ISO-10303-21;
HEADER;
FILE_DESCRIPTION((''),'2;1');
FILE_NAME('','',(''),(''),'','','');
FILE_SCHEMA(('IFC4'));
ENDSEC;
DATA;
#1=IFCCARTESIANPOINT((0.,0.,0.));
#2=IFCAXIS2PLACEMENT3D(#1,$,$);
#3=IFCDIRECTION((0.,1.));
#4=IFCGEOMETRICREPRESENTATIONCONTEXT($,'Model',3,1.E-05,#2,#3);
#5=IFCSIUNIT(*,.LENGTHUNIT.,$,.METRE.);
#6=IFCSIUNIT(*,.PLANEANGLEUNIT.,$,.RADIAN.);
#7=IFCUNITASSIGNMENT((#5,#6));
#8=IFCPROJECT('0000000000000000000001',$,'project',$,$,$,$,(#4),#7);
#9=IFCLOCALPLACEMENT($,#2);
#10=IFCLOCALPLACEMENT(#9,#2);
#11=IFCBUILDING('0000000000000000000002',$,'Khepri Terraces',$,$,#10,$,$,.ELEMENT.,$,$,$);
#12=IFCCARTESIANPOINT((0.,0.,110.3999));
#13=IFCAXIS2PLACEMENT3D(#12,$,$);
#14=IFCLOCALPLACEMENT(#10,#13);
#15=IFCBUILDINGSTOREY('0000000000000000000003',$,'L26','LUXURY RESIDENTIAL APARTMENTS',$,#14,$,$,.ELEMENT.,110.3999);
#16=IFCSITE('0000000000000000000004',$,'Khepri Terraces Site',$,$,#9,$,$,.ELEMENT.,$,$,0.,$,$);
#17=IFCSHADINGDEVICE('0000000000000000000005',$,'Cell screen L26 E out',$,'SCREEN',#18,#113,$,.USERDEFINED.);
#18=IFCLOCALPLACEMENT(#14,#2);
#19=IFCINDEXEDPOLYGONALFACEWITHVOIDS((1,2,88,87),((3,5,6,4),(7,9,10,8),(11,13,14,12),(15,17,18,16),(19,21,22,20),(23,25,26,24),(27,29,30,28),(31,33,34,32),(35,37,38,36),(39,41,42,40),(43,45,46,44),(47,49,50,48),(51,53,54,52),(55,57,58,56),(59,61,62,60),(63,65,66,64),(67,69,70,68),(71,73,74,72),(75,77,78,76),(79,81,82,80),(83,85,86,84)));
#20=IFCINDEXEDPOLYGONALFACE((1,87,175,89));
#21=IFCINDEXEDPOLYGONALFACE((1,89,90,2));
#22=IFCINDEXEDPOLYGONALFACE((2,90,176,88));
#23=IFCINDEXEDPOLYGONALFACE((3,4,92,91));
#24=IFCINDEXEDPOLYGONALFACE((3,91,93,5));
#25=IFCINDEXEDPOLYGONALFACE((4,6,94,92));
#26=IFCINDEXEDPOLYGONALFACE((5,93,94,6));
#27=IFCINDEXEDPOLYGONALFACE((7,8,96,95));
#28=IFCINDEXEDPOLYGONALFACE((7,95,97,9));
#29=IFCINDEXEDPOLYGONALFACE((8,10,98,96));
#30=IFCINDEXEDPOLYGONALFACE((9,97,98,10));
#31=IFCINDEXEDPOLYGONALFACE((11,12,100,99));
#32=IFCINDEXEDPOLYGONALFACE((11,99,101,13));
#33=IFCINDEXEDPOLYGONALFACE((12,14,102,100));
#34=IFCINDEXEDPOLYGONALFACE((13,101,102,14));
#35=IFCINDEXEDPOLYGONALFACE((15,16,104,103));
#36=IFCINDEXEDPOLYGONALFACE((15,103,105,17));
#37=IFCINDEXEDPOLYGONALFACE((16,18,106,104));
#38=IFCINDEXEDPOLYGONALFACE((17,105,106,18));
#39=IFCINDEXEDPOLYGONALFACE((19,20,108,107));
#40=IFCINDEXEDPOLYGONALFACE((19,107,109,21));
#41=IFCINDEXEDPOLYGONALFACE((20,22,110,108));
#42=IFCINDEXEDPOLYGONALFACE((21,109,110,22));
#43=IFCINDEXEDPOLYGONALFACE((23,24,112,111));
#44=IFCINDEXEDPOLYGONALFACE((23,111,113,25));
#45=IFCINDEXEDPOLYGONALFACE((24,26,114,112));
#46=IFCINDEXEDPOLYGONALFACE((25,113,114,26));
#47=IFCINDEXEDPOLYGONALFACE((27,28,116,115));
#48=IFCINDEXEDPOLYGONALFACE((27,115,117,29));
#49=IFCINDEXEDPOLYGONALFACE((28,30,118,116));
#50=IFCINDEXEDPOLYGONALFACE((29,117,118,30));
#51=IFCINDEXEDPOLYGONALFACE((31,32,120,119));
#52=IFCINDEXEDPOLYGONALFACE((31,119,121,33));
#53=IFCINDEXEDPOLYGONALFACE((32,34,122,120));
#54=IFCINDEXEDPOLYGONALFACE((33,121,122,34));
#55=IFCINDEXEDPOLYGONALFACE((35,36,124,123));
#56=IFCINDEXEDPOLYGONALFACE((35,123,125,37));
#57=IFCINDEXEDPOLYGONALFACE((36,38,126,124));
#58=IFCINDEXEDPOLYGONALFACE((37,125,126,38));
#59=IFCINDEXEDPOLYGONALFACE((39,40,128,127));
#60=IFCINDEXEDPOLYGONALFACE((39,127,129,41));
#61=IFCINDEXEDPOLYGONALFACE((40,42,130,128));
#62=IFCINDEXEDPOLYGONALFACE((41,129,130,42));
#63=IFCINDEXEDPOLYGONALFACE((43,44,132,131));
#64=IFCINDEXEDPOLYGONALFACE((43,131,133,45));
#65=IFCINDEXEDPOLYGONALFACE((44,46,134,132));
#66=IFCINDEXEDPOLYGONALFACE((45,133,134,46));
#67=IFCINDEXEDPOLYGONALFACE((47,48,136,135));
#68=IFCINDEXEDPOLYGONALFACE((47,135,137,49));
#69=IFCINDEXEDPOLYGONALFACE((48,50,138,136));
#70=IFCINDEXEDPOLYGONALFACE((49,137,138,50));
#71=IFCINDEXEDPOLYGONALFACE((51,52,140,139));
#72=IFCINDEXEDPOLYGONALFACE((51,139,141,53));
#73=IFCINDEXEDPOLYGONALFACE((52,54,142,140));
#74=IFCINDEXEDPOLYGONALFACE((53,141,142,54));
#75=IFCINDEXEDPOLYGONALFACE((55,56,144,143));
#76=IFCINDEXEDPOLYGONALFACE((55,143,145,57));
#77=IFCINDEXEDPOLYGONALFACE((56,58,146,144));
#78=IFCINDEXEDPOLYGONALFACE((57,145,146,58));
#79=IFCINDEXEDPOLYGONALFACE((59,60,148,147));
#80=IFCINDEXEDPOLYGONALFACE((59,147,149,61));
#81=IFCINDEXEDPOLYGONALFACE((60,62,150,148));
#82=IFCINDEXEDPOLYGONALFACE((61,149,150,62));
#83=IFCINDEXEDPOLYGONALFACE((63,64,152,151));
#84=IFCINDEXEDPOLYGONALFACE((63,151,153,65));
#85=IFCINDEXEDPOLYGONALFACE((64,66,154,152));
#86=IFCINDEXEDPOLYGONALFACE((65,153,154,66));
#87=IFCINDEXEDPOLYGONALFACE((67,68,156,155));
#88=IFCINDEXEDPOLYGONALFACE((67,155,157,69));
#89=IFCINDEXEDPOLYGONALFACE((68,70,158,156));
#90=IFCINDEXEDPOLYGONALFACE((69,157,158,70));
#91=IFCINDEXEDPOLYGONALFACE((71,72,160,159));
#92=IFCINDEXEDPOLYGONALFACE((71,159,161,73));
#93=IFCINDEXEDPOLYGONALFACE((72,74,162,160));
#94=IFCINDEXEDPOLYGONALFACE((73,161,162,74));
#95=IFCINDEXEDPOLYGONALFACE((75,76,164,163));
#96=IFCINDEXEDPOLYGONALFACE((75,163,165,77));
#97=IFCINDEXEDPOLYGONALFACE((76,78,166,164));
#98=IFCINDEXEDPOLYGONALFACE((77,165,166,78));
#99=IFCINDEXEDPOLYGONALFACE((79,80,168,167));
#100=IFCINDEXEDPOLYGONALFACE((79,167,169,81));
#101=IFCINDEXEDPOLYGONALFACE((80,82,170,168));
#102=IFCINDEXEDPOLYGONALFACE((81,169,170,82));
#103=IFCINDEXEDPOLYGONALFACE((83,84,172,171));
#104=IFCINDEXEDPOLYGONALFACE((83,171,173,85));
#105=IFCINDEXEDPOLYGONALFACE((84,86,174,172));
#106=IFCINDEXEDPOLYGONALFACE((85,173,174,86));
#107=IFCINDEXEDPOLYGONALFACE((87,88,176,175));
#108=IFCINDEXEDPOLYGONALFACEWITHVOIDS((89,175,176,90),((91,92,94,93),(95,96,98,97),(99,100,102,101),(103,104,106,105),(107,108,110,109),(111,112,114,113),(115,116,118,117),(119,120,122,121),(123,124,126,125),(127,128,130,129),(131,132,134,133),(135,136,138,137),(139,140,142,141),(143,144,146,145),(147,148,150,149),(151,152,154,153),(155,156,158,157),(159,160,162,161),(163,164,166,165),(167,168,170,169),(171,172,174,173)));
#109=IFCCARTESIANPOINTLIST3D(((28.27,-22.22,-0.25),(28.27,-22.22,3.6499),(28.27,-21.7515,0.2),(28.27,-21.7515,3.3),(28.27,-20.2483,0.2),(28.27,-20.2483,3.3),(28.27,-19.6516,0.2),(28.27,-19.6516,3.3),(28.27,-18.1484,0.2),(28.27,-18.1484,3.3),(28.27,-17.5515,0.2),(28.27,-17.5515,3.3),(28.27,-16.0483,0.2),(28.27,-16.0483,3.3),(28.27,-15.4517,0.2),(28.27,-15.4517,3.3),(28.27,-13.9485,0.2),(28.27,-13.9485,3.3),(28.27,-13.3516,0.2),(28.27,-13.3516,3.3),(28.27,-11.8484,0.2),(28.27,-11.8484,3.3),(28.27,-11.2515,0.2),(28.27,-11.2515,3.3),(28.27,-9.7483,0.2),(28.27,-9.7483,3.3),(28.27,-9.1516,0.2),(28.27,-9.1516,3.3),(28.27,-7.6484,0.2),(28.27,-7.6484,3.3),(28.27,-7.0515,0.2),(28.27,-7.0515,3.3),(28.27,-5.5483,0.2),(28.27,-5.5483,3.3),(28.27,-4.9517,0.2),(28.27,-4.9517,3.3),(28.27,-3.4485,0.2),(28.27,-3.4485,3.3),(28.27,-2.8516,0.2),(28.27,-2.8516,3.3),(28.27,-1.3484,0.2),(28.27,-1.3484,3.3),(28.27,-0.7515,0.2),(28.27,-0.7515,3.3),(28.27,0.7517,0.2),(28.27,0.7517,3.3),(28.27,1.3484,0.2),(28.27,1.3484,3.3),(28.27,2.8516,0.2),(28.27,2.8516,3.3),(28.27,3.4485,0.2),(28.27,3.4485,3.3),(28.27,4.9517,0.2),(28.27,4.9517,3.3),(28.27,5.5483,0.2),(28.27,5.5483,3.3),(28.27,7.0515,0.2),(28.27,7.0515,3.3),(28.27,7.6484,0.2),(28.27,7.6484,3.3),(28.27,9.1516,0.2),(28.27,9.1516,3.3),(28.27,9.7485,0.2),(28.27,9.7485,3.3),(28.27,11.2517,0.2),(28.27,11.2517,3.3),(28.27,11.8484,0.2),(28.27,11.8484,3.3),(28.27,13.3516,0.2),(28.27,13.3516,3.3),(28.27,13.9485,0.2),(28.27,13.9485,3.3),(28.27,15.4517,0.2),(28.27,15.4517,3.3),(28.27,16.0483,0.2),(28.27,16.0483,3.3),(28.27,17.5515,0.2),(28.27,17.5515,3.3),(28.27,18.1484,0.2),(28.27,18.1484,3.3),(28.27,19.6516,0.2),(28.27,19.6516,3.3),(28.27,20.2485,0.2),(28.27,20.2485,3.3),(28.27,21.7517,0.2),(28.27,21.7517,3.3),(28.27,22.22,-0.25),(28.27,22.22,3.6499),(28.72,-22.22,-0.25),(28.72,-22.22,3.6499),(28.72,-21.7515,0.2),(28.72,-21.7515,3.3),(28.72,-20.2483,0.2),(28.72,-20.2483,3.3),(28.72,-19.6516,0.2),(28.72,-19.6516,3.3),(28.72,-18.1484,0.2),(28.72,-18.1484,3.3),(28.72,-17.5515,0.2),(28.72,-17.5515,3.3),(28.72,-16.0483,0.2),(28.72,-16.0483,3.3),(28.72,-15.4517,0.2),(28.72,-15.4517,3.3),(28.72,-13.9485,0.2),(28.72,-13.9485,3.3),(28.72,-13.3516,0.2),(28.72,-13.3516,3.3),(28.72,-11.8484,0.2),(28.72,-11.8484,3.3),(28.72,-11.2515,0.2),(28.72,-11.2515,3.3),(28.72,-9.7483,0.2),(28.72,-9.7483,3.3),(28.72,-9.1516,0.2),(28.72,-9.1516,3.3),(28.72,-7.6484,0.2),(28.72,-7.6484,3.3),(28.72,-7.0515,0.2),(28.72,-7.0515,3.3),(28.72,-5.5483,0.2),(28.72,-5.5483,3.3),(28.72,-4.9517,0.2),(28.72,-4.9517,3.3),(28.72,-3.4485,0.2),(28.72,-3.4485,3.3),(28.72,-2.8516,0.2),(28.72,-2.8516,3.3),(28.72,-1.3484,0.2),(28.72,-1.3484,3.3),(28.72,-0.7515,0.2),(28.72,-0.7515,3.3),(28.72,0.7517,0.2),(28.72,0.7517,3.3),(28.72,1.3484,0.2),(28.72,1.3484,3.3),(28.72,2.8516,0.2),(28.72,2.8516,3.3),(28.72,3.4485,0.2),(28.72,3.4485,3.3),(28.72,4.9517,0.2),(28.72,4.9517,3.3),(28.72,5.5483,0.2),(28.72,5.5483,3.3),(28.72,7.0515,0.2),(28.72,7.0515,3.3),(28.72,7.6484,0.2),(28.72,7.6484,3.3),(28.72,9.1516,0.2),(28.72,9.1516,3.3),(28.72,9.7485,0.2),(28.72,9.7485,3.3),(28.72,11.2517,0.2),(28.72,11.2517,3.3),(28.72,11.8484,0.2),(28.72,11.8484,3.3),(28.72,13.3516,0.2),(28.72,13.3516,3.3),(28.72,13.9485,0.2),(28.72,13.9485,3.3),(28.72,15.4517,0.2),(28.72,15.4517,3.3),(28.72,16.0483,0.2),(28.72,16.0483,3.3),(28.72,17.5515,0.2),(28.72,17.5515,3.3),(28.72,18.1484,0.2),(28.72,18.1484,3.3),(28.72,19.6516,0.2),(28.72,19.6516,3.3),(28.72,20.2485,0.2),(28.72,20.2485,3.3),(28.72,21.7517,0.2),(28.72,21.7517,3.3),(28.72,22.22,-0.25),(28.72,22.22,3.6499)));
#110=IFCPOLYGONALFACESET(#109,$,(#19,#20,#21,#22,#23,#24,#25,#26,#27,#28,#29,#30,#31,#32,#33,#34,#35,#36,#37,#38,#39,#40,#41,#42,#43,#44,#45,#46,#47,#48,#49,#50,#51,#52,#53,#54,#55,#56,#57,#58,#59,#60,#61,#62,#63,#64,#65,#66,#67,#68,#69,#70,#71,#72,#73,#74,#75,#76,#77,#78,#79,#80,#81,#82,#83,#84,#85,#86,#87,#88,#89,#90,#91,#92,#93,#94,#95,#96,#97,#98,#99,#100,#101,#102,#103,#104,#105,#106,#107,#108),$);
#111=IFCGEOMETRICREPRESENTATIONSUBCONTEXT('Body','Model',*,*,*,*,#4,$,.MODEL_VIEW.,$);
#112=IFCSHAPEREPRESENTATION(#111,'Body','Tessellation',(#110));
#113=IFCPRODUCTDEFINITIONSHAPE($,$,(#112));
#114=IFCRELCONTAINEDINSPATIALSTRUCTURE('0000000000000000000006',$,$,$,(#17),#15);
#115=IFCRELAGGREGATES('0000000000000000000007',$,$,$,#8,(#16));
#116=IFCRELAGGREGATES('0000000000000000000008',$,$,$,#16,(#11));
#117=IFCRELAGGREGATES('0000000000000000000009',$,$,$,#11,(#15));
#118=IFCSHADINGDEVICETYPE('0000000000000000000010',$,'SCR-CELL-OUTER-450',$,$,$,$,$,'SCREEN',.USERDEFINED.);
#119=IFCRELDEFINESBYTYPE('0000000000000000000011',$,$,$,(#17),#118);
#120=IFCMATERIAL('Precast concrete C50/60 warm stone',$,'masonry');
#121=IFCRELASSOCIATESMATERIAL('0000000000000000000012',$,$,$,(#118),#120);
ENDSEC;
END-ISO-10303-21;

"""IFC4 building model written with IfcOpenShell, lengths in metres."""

from ifc_helpers import new_model, si_unit, direction, frame, origin, place, context, subcontext, project, spatial, polyline, outline, extrude, material, type_object, element, save


model = new_model("IFC4")

# Units and contexts
model_context = context("Model", 3, precision=1e-05, world=origin(), true_north=direction((0.0, 1.0)))
body_context = subcontext(model_context, "Body", "Model", "MODEL_VIEW")
ifc_project = project(units=[si_unit("LENGTHUNIT", "METRE"), si_unit("PLANEANGLEUNIT", "RADIAN")], contexts=[model_context])

# Site, building, storey
site_placement = place(None, origin())
site = spatial("IfcSite", under=ifc_project, at=site_placement, Name="Khepri Terraces Site", CompositionType="ELEMENT", RefElevation=0.0)
building_placement = place(site_placement, origin())
building = spatial("IfcBuilding", under=site, at=building_placement, Name="Khepri Terraces", CompositionType="ELEMENT")
storey_placement = place(building_placement, frame((0.0, 0.0, 110.3999)))
storey = spatial("IfcBuildingStorey", under=building, at=storey_placement, Name="L26", Description="LUXURY RESIDENTIAL APARTMENTS", CompositionType="ELEMENT", Elevation=110.3999)

# Shared definitions
ifc_material_1 = material(Name="Precast concrete C50/60 warm stone", Category="masonry")

# Shading device
shading_device_type_1 = type_object("IfcShadingDeviceType", Name="SCR-CELL-OUTER-450", ElementType="SCREEN", PredefinedType="USERDEFINED", material=ifc_material_1)
shading_device_1_placement = place(storey_placement, frame((28.27, -22.22, -0.25), z_axis=(1.0, 0.0, 0.0), x_axis=(0.0, 1.0, 0.0)))
element("IfcShadingDevice", 1, at=shading_device_1_placement, inside=storey, type_object=shading_device_type_1, Name="Cell screen L26 E out", ObjectType="SCREEN", PredefinedType="USERDEFINED", context=body_context, shape_type="SweptSolid", body=[
    extrude(outline(polyline([(0.0, 0.0), (44.4399, 0.0), (44.4399, 3.8999), (0.0, 3.8999), (0.0, 0.0)]), holes=[polyline([(0.4685, 0.45), (1.9717, 0.45), (1.9717, 3.55), (0.4685, 3.55), (0.4685, 0.45)]), polyline([(2.5684, 0.45), (4.0715, 0.45), (4.0715, 3.55), (2.5684, 3.55), (2.5684, 0.45)]), polyline([(4.6685, 0.45), (6.1716, 0.45), (6.1716, 3.55), (4.6685, 3.55), (4.6685, 0.45)]), polyline([(6.7683, 0.45), (8.2715, 0.45), (8.2715, 3.55), (6.7683, 3.55), (6.7683, 0.45)]), polyline([(8.8684, 0.45), (10.3716, 0.45), (10.3716, 3.55), (8.8684, 3.55), (8.8684, 0.45)]), polyline([(10.9685, 0.45), (12.4717, 0.45), (12.4717, 3.55), (10.9685, 3.55), (10.9685, 0.45)]), polyline([(13.0684, 0.45), (14.5715, 0.45), (14.5715, 3.55), (13.0684, 3.55), (13.0684, 0.45)]), polyline([(15.1685, 0.45), (16.6716, 0.45), (16.6716, 3.55), (15.1685, 3.55), (15.1685, 0.45)]), polyline([(17.2683, 0.45), (18.7715, 0.45), (18.7715, 3.55), (17.2683, 3.55), (17.2683, 0.45)]), polyline([(19.3684, 0.45), (20.8716, 0.45), (20.8716, 3.55), (19.3684, 3.55), (19.3684, 0.45)]), polyline([(21.4685, 0.45), (22.9717, 0.45), (22.9717, 3.55), (21.4685, 3.55), (21.4685, 0.45)]), polyline([(23.5684, 0.45), (25.0715, 0.45), (25.0715, 3.55), (23.5684, 3.55), (23.5684, 0.45)]), polyline([(25.6685, 0.45), (27.1716, 0.45), (27.1716, 3.55), (25.6685, 3.55), (25.6685, 0.45)]), polyline([(27.7683, 0.45), (29.2715, 0.45), (29.2715, 3.55), (27.7683, 3.55), (27.7683, 0.45)]), polyline([(29.8684, 0.45), (31.3716, 0.45), (31.3716, 3.55), (29.8684, 3.55), (29.8684, 0.45)]), polyline([(31.9685, 0.45), (33.4717, 0.45), (33.4717, 3.55), (31.9685, 3.55), (31.9685, 0.45)]), polyline([(34.0684, 0.45), (35.5715, 0.45), (35.5715, 3.55), (34.0684, 3.55), (34.0684, 0.45)]), polyline([(36.1685, 0.45), (37.6716, 0.45), (37.6716, 3.55), (36.1685, 3.55), (36.1685, 0.45)]), polyline([(38.2683, 0.45), (39.7715, 0.45), (39.7715, 3.55), (38.2683, 3.55), (38.2683, 0.45)]), polyline([(40.3684, 0.45), (41.8716, 0.45), (41.8716, 3.55), (40.3684, 3.55), (40.3684, 0.45)]), polyline([(42.4685, 0.45), (43.9717, 0.45), (43.9717, 3.55), (42.4685, 3.55), (42.4685, 0.45)])]), origin(), (0.0, 0.0, 1.0), 0.45),
])

save(model, "model.ifc")
